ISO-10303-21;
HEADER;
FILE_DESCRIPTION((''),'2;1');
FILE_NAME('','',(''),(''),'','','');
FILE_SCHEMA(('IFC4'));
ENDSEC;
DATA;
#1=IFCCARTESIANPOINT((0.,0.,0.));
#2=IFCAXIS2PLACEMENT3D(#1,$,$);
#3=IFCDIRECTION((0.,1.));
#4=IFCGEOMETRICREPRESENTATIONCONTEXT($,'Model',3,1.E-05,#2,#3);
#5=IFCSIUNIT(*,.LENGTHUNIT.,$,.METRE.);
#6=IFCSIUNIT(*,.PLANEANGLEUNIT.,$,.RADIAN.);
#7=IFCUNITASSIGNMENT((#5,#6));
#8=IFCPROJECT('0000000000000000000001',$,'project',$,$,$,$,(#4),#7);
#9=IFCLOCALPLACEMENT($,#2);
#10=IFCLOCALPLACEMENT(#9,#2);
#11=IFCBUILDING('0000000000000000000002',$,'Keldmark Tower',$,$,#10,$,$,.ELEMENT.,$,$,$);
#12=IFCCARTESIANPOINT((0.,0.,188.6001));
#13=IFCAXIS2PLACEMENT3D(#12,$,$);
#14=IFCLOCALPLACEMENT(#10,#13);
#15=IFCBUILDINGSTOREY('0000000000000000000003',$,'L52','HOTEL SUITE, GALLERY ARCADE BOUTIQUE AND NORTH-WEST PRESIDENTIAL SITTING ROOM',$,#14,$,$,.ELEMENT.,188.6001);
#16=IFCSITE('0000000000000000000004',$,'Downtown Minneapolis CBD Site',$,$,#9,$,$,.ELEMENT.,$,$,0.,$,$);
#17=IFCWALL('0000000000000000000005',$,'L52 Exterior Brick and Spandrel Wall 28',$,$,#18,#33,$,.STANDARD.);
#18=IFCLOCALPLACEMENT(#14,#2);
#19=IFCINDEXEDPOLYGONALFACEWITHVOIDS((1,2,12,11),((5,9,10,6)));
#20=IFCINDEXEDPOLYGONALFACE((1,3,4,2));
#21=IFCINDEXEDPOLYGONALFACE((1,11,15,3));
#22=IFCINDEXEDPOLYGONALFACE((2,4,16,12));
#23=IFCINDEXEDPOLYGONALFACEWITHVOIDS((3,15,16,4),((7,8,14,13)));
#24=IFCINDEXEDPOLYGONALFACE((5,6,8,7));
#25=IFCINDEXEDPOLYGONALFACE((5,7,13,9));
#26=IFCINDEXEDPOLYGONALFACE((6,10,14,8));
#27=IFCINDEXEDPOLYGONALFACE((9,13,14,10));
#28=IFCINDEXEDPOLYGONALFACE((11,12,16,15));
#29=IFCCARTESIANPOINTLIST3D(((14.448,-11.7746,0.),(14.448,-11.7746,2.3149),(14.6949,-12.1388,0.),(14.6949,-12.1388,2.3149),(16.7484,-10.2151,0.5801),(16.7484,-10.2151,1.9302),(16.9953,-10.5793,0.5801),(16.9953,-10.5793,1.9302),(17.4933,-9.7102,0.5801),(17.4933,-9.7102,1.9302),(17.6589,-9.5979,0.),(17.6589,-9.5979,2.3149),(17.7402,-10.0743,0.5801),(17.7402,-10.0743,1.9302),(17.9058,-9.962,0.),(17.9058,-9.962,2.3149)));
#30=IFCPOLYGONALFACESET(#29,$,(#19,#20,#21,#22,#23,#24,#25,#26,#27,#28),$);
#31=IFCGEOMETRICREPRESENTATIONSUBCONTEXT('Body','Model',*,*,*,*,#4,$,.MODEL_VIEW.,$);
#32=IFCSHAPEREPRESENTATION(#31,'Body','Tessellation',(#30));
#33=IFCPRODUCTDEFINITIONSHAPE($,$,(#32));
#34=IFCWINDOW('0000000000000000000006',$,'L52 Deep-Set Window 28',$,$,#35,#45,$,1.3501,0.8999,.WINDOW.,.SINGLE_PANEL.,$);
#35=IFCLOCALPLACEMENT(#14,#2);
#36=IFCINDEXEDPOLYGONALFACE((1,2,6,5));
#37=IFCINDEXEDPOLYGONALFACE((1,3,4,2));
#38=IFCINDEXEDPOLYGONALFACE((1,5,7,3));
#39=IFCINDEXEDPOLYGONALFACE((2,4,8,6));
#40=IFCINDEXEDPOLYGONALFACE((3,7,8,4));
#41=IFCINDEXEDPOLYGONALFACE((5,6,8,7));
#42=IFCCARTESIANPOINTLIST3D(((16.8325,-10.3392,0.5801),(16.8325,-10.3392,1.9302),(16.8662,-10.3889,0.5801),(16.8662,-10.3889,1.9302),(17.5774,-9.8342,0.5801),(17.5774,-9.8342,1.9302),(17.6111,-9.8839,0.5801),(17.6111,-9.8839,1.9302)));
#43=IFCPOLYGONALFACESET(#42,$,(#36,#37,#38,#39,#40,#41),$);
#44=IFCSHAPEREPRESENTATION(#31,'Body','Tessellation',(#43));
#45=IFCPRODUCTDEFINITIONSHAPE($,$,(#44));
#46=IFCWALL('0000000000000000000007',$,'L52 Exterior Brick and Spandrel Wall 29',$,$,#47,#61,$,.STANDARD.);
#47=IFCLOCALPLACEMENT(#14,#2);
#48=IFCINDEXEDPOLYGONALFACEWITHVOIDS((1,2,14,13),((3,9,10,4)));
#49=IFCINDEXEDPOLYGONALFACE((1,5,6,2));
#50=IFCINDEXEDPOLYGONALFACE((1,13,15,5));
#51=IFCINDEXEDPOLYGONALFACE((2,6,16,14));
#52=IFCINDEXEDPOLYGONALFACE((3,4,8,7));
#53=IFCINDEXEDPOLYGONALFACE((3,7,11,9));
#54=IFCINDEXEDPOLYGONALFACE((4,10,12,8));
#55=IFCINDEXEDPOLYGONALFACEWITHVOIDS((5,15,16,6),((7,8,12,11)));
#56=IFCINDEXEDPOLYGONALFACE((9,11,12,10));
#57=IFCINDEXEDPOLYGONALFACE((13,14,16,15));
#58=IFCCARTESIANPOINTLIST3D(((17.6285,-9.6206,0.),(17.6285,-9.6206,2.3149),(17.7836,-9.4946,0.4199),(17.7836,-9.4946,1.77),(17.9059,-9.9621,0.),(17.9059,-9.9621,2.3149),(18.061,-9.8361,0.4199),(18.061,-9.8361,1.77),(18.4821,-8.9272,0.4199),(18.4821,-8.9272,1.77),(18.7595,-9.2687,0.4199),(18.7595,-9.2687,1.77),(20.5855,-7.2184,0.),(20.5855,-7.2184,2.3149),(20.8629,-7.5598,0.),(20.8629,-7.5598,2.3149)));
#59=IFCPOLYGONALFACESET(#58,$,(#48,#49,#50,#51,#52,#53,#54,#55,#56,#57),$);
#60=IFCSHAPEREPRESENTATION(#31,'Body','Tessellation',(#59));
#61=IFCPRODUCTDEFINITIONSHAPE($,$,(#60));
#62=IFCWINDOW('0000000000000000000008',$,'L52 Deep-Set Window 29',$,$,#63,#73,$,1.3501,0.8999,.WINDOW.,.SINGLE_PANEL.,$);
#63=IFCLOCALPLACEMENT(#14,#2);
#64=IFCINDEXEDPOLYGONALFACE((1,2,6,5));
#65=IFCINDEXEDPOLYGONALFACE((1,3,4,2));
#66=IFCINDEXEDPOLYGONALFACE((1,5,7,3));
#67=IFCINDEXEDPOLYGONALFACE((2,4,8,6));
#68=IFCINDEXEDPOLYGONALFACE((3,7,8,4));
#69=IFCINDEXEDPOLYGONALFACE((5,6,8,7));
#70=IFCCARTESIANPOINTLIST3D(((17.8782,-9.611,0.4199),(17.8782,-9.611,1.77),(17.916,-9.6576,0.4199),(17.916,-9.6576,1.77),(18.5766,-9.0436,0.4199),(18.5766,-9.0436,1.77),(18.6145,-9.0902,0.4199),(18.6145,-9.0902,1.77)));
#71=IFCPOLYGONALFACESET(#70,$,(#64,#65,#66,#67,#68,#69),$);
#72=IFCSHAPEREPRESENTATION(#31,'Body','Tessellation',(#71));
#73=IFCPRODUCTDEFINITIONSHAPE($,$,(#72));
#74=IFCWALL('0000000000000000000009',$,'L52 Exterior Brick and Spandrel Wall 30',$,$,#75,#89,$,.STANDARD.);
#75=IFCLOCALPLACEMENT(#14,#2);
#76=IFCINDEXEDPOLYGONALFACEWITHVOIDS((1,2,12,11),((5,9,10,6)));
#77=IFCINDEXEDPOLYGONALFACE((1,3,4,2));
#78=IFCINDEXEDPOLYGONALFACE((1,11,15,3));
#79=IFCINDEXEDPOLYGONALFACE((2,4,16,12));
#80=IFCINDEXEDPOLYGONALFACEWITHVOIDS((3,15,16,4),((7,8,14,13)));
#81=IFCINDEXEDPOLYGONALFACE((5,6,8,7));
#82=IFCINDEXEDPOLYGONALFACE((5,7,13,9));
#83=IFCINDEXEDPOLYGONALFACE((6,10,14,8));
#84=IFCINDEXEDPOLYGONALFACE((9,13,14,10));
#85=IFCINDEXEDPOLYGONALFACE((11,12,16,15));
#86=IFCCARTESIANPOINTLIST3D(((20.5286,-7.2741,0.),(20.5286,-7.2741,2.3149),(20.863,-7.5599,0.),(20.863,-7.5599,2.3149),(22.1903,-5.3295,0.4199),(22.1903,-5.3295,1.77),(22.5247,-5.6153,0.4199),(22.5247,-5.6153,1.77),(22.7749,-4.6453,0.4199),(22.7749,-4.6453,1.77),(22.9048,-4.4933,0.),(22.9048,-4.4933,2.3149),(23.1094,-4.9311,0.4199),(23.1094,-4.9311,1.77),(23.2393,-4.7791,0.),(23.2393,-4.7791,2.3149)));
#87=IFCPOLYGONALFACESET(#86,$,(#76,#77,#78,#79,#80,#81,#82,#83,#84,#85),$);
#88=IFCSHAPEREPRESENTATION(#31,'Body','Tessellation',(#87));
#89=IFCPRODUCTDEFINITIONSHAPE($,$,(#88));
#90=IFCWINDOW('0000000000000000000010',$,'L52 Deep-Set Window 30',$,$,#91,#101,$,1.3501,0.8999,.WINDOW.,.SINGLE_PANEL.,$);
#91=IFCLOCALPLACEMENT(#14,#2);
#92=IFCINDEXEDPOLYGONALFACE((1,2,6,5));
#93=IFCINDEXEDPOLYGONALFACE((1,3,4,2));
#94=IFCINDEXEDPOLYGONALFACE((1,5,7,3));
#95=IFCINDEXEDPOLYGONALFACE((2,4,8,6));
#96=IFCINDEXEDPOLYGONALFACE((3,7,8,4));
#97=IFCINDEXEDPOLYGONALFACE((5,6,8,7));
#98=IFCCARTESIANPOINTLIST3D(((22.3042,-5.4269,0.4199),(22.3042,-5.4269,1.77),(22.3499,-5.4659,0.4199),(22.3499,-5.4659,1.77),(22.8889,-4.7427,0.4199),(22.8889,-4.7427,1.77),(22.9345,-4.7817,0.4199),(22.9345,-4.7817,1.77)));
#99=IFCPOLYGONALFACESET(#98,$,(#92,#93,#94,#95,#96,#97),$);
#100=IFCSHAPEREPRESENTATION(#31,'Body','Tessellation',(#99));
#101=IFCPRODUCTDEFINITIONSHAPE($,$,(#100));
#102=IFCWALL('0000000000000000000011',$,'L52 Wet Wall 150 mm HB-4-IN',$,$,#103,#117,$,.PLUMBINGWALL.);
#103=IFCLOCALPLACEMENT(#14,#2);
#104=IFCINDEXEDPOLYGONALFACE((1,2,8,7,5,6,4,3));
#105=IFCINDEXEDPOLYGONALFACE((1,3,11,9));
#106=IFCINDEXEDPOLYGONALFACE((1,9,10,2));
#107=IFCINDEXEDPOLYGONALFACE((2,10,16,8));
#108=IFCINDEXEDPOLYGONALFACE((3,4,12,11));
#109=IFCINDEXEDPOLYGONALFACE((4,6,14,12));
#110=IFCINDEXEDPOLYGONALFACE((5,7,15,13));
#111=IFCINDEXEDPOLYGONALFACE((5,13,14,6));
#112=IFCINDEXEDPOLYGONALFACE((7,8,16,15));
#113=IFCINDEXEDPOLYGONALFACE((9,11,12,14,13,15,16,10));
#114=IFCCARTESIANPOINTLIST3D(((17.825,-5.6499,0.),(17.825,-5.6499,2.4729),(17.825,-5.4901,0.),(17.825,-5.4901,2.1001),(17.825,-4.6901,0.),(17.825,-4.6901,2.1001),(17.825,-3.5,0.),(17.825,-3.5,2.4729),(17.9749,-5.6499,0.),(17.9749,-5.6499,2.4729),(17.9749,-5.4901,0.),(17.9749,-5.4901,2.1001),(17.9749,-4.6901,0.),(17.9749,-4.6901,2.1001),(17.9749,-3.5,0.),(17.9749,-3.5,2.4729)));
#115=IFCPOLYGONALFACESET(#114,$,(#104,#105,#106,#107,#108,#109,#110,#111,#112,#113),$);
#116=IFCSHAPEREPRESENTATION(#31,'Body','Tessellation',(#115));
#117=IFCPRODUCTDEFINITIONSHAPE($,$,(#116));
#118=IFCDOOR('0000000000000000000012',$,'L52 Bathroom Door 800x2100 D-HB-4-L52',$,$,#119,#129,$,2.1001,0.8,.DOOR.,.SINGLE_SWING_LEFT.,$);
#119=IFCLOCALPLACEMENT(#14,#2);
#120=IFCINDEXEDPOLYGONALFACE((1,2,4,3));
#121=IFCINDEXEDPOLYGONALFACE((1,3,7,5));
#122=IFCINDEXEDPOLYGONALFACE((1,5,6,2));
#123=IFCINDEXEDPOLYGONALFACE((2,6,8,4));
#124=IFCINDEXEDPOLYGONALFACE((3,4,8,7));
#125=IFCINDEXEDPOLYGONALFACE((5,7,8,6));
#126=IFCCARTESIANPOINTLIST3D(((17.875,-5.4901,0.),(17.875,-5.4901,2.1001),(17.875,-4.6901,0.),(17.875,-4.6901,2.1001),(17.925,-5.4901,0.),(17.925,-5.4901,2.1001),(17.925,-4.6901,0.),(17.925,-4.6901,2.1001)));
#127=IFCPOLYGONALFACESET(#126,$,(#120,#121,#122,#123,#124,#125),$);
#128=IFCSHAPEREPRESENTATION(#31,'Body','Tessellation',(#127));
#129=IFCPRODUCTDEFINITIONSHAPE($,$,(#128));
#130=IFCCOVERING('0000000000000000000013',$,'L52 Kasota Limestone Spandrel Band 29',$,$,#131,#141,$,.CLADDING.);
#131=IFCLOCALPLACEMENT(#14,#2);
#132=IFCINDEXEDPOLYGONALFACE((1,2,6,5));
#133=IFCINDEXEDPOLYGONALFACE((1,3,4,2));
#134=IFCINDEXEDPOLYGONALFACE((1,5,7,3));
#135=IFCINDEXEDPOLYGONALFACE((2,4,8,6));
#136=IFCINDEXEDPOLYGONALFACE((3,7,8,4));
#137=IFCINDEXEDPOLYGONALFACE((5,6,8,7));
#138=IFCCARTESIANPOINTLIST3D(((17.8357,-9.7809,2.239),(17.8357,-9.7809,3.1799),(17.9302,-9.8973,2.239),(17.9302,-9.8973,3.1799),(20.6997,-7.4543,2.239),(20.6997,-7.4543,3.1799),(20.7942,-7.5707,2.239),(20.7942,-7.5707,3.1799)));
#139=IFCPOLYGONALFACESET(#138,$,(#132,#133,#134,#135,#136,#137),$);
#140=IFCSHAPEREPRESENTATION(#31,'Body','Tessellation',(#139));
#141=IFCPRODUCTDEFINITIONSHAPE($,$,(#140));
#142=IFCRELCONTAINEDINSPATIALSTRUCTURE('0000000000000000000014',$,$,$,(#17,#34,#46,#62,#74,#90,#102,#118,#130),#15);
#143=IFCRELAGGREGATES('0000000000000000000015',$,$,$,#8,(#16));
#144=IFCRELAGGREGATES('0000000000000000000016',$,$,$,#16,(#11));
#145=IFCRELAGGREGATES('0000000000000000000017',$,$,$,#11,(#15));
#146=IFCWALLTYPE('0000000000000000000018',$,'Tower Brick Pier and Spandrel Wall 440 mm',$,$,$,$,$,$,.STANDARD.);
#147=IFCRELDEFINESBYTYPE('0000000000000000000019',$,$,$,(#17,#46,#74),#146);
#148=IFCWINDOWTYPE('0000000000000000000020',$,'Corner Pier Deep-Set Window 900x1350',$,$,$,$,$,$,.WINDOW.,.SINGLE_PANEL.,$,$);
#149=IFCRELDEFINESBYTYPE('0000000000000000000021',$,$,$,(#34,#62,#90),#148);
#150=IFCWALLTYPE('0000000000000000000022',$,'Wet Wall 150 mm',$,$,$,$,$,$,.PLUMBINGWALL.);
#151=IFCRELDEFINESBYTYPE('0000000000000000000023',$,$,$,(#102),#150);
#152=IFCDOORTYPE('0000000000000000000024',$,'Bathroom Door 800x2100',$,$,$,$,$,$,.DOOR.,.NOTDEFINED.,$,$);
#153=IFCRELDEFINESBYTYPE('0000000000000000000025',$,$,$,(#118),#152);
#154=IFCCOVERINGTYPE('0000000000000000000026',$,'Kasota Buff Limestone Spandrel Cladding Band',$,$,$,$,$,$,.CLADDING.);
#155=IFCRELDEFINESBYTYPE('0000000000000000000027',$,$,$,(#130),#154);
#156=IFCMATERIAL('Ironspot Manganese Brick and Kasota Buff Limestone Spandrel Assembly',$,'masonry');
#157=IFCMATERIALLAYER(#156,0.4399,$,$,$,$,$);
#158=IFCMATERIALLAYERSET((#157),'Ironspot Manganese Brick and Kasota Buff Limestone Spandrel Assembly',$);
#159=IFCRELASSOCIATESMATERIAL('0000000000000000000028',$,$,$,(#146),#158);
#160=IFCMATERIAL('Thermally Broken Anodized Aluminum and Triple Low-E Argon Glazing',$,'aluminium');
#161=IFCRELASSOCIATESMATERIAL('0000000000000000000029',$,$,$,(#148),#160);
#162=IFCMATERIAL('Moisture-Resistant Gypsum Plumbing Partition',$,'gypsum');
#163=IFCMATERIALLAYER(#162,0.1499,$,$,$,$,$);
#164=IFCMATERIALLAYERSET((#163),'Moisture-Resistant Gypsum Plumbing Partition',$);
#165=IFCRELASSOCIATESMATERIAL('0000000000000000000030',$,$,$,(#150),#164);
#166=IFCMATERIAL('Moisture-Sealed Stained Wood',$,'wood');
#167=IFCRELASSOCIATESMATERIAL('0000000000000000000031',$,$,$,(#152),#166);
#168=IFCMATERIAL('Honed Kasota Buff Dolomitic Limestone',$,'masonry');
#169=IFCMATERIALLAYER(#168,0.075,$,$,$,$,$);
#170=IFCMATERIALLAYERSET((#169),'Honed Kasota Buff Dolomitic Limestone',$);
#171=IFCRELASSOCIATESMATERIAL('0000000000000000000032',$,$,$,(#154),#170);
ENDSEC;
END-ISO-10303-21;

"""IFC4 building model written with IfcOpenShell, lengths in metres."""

from ifc_helpers import new_model, si_unit, direction, frame, frame_2d, origin, origin_2d, place, context, subcontext, project, spatial, rectangle, extrude, material, layer, layer_set, type_object, element, fill, save


model = new_model("IFC4")

# Units and contexts
model_context = context("Model", 3, precision=1e-05, world=origin(), true_north=direction((0.0, 1.0)))
body_context = subcontext(model_context, "Body", "Model", "MODEL_VIEW")
ifc_project = project(units=[si_unit("LENGTHUNIT", "METRE"), si_unit("PLANEANGLEUNIT", "RADIAN")], contexts=[model_context])

# Site, building, storey
site_placement = place(None, origin())
site = spatial("IfcSite", under=ifc_project, at=site_placement, Name="Downtown Minneapolis CBD Site", CompositionType="ELEMENT", RefElevation=0.0)
building_placement = place(site_placement, origin())
building = spatial("IfcBuilding", under=site, at=building_placement, Name="Keldmark Tower", CompositionType="ELEMENT")
storey_placement = place(building_placement, frame((0.0, 0.0, 188.6001)))
storey = spatial("IfcBuildingStorey", under=building, at=storey_placement, Name="L52", Description="HOTEL SUITE, GALLERY ARCADE BOUTIQUE AND NORTH-WEST PRESIDENTIAL SITTING ROOM", CompositionType="ELEMENT", Elevation=188.6001)

# Walls, openings, windows
ifc_material_1 = material(Name="Ironspot Manganese Brick and Kasota Buff Limestone Spandrel Assembly", Category="masonry")
ifc_layer_1 = layer(ifc_material_1, 0.4399)
ifc_layer_set_1 = layer_set([ifc_layer_1], Name="Ironspot Manganese Brick and Kasota Buff Limestone Spandrel Assembly")
wall_type_1 = type_object("IfcWallType", Name="Tower Brick Pier and Spandrel Wall 440 mm", PredefinedType="STANDARD", material=ifc_layer_set_1)
wall_1_placement = place(storey_placement, frame((17.7822, -9.78, 0.0), z_axis=(0.0, 0.0, 1.0), x_axis=(-0.827726, -0.561132, 0.0)))
wall_1 = element("IfcWall", 1, at=wall_1_placement, inside=storey, type_object=wall_type_1, Name="L52 Exterior Brick and Spandrel Wall 28", PredefinedType="STANDARD", context=body_context, shape_type="SweptSolid", body=[
    extrude(rectangle(XDim=3.8792, YDim=0.4399, at=frame_2d((1.9395, 0.0))), origin(), (0.0, 0.0, 1.0), 2.3149),
])
opening_1_placement = place(wall_1_placement, frame((0.2, 0.0, 0.5801)))
opening_1 = element("IfcOpeningElement", 2, at=opening_1_placement, cuts=wall_1, PredefinedType="OPENING", context=body_context, shape_type="SweptSolid", body=[
    extrude(rectangle(XDim=0.8999, YDim=1.3501, at=frame_2d((0.45, 0.675))), frame((0.0, 0.23, 0.0), z_axis=(0.0, -1.0, 0.0), x_axis=(1.0, 0.0, 0.0)), (0.0, 0.0, 1.0), 0.46),
])
ifc_material_2 = material(Name="Thermally Broken Anodized Aluminum and Triple Low-E Argon Glazing", Category="aluminium")
window_type = type_object("IfcWindowType", Name="Corner Pier Deep-Set Window 900x1350", PartitioningType="SINGLE_PANEL", PredefinedType="WINDOW", material=ifc_material_2)
window_1_placement = place(opening_1_placement, origin())
window_1 = element("IfcWindow", 3, at=window_1_placement, inside=storey, type_object=window_type, Name="L52 Deep-Set Window 28", OverallHeight=1.3501, OverallWidth=0.8999, PartitioningType="SINGLE_PANEL", PredefinedType="WINDOW", context=body_context, shape_type="SweptSolid", body=[
    extrude(rectangle(XDim=0.8999, YDim=1.3501, at=frame_2d((0.45, 0.675))), frame((0.0, -0.01, 0.0), z_axis=(0.0, -1.0, 0.0), x_axis=(1.0, 0.0, 0.0)), (0.0, 0.0, 1.0), 0.0601),
])
fill(opening_1, window_1)
wall_2_placement = place(storey_placement, frame((20.7241, -7.3892, 0.0), z_axis=(0.0, 0.0, 1.0), x_axis=(-0.776145, -0.630554, 0.0)))
wall_2 = element("IfcWall", 4, at=wall_2_placement, inside=storey, type_object=wall_type_1, Name="L52 Exterior Brick and Spandrel Wall 29", PredefinedType="STANDARD", context=body_context, shape_type="SweptSolid", body=[
    extrude(rectangle(XDim=3.8098, YDim=0.4399, at=frame_2d((1.9048, 0.0))), origin(), (0.0, 0.0, 1.0), 2.3149),
])
opening_2_placement = place(wall_2_placement, frame((2.71, 0.0, 0.4199)))
opening_2 = element("IfcOpeningElement", 5, at=opening_2_placement, cuts=wall_2, PredefinedType="OPENING", context=body_context, shape_type="SweptSolid", body=[
    extrude(rectangle(XDim=0.8999, YDim=1.3501, at=frame_2d((0.45, 0.675))), frame((0.0, 0.23, 0.0), z_axis=(0.0, -1.0, 0.0), x_axis=(1.0, 0.0, 0.0)), (0.0, 0.0, 1.0), 0.46),
])
window_2_placement = place(opening_2_placement, origin())
window_2 = element("IfcWindow", 6, at=window_2_placement, inside=storey, type_object=window_type, Name="L52 Deep-Set Window 29", OverallHeight=1.3501, OverallWidth=0.8999, PartitioningType="SINGLE_PANEL", PredefinedType="WINDOW", context=body_context, shape_type="SweptSolid", body=[
    extrude(rectangle(XDim=0.8999, YDim=1.3501, at=frame_2d((0.45, 0.675))), frame((0.0, -0.01, 0.0), z_axis=(0.0, -1.0, 0.0), x_axis=(1.0, 0.0, 0.0)), (0.0, 0.0, 1.0), 0.0601),
])
fill(opening_2, window_2)
wall_3_placement = place(storey_placement, frame((23.072, -4.6362, 0.0), z_axis=(0.0, 0.0, 1.0), x_axis=(-0.649642, -0.76024, 0.0)))
wall_3 = element("IfcWall", 7, at=wall_3_placement, inside=storey, type_object=wall_type_1, Name="L52 Exterior Brick and Spandrel Wall 30", PredefinedType="STANDARD", context=body_context, shape_type="SweptSolid", body=[
    extrude(rectangle(XDim=3.6577, YDim=0.4399, at=frame_2d((1.8289, 0.0))), origin(), (0.0, 0.0, 1.0), 2.3149),
])
opening_3_placement = place(wall_3_placement, frame((0.2, 0.0, 0.4199)))
opening_3 = element("IfcOpeningElement", 8, at=opening_3_placement, cuts=wall_3, PredefinedType="OPENING", context=body_context, shape_type="SweptSolid", body=[
    extrude(rectangle(XDim=0.8999, YDim=1.3501, at=frame_2d((0.45, 0.675))), frame((0.0, 0.23, 0.0), z_axis=(0.0, -1.0, 0.0), x_axis=(1.0, 0.0, 0.0)), (0.0, 0.0, 1.0), 0.46),
])
window_3_placement = place(opening_3_placement, origin())
window_3 = element("IfcWindow", 9, at=window_3_placement, inside=storey, type_object=window_type, Name="L52 Deep-Set Window 30", OverallHeight=1.3501, OverallWidth=0.8999, PartitioningType="SINGLE_PANEL", PredefinedType="WINDOW", context=body_context, shape_type="SweptSolid", body=[
    extrude(rectangle(XDim=0.8999, YDim=1.3501, at=frame_2d((0.45, 0.675))), frame((0.0, -0.01, 0.0), z_axis=(0.0, -1.0, 0.0), x_axis=(1.0, 0.0, 0.0)), (0.0, 0.0, 1.0), 0.0601),
])
fill(opening_3, window_3)

# Wall, opening, door
ifc_material_3 = material(Name="Moisture-Resistant Gypsum Plumbing Partition", Category="gypsum")
ifc_layer_2 = layer(ifc_material_3, 0.1499)
ifc_layer_set_2 = layer_set([ifc_layer_2], Name="Moisture-Resistant Gypsum Plumbing Partition")
wall_type_2 = type_object("IfcWallType", Name="Wet Wall 150 mm", PredefinedType="PLUMBINGWALL", material=ifc_layer_set_2)
wall_4_placement = place(storey_placement, frame((17.8999, -5.6499, 0.0), z_axis=(0.0, 0.0, 1.0), x_axis=(0.0, 1.0, 0.0)))
wall_4 = element("IfcWall", 10, at=wall_4_placement, inside=storey, type_object=wall_type_2, Name="L52 Wet Wall 150 mm HB-4-IN", PredefinedType="PLUMBINGWALL", context=body_context, shape_type="SweptSolid", body=[
    extrude(rectangle(XDim=2.1499, YDim=0.1499, at=frame_2d((1.075, 0.0))), origin(), (0.0, 0.0, 1.0), 2.4729),
])
opening_4_placement = place(wall_4_placement, frame((0.1599, 0.0, 0.0)))
opening_4 = element("IfcOpeningElement", 11, at=opening_4_placement, cuts=wall_4, PredefinedType="OPENING", context=body_context, shape_type="SweptSolid", body=[
    extrude(rectangle(XDim=0.8, YDim=2.1001, at=frame_2d((0.3999, 1.05))), frame((0.0, 0.085, 0.0), z_axis=(0.0, -1.0, 0.0), x_axis=(1.0, 0.0, 0.0)), (0.0, 0.0, 1.0), 0.1699),
])
ifc_material_4 = material(Name="Moisture-Sealed Stained Wood", Category="wood")
door_type = type_object("IfcDoorType", Name="Bathroom Door 800x2100", OperationType="NOTDEFINED", PredefinedType="DOOR", material=ifc_material_4)
door_placement = place(opening_4_placement, origin())
door = element("IfcDoor", 12, at=door_placement, inside=storey, type_object=door_type, Name="L52 Bathroom Door 800x2100 D-HB-4-L52", OperationType="SINGLE_SWING_LEFT", OverallHeight=2.1001, OverallWidth=0.8, PredefinedType="DOOR", context=body_context, shape_type="SweptSolid", body=[
    extrude(rectangle(XDim=0.8, YDim=2.1001, at=frame_2d((0.3999, 1.05))), frame((0.0, 0.0249, 0.0), z_axis=(0.0, -1.0, 0.0), x_axis=(1.0, 0.0, 0.0)), (0.0, 0.0, 1.0), 0.05),
])
fill(opening_4, door)

# Covering
ifc_material_5 = material(Name="Honed Kasota Buff Dolomitic Limestone", Category="masonry")
ifc_layer_3 = layer(ifc_material_5, 0.075)
ifc_layer_set_3 = layer_set([ifc_layer_3], Name="Honed Kasota Buff Dolomitic Limestone")
covering_type = type_object("IfcCoveringType", Name="Kasota Buff Limestone Spandrel Cladding Band", PredefinedType="CLADDING", material=ifc_layer_set_3)
covering_placement = place(storey_placement, frame((19.3149, -8.6758, 2.239), z_axis=(0.0, 0.0, 1.0), x_axis=(0.776167, 0.630527, 0.0)))
element("IfcCovering", 13, at=covering_placement, inside=storey, type_object=covering_type, Name="L52 Kasota Limestone Spandrel Band 29", PredefinedType="CLADDING", context=body_context, shape_type="SweptSolid", body=[
    extrude(rectangle(XDim=3.6899, YDim=0.1499, at=origin_2d()), origin(), (0.0, 0.0, 1.0), 0.9409),
])

save(model, "model.ifc")
